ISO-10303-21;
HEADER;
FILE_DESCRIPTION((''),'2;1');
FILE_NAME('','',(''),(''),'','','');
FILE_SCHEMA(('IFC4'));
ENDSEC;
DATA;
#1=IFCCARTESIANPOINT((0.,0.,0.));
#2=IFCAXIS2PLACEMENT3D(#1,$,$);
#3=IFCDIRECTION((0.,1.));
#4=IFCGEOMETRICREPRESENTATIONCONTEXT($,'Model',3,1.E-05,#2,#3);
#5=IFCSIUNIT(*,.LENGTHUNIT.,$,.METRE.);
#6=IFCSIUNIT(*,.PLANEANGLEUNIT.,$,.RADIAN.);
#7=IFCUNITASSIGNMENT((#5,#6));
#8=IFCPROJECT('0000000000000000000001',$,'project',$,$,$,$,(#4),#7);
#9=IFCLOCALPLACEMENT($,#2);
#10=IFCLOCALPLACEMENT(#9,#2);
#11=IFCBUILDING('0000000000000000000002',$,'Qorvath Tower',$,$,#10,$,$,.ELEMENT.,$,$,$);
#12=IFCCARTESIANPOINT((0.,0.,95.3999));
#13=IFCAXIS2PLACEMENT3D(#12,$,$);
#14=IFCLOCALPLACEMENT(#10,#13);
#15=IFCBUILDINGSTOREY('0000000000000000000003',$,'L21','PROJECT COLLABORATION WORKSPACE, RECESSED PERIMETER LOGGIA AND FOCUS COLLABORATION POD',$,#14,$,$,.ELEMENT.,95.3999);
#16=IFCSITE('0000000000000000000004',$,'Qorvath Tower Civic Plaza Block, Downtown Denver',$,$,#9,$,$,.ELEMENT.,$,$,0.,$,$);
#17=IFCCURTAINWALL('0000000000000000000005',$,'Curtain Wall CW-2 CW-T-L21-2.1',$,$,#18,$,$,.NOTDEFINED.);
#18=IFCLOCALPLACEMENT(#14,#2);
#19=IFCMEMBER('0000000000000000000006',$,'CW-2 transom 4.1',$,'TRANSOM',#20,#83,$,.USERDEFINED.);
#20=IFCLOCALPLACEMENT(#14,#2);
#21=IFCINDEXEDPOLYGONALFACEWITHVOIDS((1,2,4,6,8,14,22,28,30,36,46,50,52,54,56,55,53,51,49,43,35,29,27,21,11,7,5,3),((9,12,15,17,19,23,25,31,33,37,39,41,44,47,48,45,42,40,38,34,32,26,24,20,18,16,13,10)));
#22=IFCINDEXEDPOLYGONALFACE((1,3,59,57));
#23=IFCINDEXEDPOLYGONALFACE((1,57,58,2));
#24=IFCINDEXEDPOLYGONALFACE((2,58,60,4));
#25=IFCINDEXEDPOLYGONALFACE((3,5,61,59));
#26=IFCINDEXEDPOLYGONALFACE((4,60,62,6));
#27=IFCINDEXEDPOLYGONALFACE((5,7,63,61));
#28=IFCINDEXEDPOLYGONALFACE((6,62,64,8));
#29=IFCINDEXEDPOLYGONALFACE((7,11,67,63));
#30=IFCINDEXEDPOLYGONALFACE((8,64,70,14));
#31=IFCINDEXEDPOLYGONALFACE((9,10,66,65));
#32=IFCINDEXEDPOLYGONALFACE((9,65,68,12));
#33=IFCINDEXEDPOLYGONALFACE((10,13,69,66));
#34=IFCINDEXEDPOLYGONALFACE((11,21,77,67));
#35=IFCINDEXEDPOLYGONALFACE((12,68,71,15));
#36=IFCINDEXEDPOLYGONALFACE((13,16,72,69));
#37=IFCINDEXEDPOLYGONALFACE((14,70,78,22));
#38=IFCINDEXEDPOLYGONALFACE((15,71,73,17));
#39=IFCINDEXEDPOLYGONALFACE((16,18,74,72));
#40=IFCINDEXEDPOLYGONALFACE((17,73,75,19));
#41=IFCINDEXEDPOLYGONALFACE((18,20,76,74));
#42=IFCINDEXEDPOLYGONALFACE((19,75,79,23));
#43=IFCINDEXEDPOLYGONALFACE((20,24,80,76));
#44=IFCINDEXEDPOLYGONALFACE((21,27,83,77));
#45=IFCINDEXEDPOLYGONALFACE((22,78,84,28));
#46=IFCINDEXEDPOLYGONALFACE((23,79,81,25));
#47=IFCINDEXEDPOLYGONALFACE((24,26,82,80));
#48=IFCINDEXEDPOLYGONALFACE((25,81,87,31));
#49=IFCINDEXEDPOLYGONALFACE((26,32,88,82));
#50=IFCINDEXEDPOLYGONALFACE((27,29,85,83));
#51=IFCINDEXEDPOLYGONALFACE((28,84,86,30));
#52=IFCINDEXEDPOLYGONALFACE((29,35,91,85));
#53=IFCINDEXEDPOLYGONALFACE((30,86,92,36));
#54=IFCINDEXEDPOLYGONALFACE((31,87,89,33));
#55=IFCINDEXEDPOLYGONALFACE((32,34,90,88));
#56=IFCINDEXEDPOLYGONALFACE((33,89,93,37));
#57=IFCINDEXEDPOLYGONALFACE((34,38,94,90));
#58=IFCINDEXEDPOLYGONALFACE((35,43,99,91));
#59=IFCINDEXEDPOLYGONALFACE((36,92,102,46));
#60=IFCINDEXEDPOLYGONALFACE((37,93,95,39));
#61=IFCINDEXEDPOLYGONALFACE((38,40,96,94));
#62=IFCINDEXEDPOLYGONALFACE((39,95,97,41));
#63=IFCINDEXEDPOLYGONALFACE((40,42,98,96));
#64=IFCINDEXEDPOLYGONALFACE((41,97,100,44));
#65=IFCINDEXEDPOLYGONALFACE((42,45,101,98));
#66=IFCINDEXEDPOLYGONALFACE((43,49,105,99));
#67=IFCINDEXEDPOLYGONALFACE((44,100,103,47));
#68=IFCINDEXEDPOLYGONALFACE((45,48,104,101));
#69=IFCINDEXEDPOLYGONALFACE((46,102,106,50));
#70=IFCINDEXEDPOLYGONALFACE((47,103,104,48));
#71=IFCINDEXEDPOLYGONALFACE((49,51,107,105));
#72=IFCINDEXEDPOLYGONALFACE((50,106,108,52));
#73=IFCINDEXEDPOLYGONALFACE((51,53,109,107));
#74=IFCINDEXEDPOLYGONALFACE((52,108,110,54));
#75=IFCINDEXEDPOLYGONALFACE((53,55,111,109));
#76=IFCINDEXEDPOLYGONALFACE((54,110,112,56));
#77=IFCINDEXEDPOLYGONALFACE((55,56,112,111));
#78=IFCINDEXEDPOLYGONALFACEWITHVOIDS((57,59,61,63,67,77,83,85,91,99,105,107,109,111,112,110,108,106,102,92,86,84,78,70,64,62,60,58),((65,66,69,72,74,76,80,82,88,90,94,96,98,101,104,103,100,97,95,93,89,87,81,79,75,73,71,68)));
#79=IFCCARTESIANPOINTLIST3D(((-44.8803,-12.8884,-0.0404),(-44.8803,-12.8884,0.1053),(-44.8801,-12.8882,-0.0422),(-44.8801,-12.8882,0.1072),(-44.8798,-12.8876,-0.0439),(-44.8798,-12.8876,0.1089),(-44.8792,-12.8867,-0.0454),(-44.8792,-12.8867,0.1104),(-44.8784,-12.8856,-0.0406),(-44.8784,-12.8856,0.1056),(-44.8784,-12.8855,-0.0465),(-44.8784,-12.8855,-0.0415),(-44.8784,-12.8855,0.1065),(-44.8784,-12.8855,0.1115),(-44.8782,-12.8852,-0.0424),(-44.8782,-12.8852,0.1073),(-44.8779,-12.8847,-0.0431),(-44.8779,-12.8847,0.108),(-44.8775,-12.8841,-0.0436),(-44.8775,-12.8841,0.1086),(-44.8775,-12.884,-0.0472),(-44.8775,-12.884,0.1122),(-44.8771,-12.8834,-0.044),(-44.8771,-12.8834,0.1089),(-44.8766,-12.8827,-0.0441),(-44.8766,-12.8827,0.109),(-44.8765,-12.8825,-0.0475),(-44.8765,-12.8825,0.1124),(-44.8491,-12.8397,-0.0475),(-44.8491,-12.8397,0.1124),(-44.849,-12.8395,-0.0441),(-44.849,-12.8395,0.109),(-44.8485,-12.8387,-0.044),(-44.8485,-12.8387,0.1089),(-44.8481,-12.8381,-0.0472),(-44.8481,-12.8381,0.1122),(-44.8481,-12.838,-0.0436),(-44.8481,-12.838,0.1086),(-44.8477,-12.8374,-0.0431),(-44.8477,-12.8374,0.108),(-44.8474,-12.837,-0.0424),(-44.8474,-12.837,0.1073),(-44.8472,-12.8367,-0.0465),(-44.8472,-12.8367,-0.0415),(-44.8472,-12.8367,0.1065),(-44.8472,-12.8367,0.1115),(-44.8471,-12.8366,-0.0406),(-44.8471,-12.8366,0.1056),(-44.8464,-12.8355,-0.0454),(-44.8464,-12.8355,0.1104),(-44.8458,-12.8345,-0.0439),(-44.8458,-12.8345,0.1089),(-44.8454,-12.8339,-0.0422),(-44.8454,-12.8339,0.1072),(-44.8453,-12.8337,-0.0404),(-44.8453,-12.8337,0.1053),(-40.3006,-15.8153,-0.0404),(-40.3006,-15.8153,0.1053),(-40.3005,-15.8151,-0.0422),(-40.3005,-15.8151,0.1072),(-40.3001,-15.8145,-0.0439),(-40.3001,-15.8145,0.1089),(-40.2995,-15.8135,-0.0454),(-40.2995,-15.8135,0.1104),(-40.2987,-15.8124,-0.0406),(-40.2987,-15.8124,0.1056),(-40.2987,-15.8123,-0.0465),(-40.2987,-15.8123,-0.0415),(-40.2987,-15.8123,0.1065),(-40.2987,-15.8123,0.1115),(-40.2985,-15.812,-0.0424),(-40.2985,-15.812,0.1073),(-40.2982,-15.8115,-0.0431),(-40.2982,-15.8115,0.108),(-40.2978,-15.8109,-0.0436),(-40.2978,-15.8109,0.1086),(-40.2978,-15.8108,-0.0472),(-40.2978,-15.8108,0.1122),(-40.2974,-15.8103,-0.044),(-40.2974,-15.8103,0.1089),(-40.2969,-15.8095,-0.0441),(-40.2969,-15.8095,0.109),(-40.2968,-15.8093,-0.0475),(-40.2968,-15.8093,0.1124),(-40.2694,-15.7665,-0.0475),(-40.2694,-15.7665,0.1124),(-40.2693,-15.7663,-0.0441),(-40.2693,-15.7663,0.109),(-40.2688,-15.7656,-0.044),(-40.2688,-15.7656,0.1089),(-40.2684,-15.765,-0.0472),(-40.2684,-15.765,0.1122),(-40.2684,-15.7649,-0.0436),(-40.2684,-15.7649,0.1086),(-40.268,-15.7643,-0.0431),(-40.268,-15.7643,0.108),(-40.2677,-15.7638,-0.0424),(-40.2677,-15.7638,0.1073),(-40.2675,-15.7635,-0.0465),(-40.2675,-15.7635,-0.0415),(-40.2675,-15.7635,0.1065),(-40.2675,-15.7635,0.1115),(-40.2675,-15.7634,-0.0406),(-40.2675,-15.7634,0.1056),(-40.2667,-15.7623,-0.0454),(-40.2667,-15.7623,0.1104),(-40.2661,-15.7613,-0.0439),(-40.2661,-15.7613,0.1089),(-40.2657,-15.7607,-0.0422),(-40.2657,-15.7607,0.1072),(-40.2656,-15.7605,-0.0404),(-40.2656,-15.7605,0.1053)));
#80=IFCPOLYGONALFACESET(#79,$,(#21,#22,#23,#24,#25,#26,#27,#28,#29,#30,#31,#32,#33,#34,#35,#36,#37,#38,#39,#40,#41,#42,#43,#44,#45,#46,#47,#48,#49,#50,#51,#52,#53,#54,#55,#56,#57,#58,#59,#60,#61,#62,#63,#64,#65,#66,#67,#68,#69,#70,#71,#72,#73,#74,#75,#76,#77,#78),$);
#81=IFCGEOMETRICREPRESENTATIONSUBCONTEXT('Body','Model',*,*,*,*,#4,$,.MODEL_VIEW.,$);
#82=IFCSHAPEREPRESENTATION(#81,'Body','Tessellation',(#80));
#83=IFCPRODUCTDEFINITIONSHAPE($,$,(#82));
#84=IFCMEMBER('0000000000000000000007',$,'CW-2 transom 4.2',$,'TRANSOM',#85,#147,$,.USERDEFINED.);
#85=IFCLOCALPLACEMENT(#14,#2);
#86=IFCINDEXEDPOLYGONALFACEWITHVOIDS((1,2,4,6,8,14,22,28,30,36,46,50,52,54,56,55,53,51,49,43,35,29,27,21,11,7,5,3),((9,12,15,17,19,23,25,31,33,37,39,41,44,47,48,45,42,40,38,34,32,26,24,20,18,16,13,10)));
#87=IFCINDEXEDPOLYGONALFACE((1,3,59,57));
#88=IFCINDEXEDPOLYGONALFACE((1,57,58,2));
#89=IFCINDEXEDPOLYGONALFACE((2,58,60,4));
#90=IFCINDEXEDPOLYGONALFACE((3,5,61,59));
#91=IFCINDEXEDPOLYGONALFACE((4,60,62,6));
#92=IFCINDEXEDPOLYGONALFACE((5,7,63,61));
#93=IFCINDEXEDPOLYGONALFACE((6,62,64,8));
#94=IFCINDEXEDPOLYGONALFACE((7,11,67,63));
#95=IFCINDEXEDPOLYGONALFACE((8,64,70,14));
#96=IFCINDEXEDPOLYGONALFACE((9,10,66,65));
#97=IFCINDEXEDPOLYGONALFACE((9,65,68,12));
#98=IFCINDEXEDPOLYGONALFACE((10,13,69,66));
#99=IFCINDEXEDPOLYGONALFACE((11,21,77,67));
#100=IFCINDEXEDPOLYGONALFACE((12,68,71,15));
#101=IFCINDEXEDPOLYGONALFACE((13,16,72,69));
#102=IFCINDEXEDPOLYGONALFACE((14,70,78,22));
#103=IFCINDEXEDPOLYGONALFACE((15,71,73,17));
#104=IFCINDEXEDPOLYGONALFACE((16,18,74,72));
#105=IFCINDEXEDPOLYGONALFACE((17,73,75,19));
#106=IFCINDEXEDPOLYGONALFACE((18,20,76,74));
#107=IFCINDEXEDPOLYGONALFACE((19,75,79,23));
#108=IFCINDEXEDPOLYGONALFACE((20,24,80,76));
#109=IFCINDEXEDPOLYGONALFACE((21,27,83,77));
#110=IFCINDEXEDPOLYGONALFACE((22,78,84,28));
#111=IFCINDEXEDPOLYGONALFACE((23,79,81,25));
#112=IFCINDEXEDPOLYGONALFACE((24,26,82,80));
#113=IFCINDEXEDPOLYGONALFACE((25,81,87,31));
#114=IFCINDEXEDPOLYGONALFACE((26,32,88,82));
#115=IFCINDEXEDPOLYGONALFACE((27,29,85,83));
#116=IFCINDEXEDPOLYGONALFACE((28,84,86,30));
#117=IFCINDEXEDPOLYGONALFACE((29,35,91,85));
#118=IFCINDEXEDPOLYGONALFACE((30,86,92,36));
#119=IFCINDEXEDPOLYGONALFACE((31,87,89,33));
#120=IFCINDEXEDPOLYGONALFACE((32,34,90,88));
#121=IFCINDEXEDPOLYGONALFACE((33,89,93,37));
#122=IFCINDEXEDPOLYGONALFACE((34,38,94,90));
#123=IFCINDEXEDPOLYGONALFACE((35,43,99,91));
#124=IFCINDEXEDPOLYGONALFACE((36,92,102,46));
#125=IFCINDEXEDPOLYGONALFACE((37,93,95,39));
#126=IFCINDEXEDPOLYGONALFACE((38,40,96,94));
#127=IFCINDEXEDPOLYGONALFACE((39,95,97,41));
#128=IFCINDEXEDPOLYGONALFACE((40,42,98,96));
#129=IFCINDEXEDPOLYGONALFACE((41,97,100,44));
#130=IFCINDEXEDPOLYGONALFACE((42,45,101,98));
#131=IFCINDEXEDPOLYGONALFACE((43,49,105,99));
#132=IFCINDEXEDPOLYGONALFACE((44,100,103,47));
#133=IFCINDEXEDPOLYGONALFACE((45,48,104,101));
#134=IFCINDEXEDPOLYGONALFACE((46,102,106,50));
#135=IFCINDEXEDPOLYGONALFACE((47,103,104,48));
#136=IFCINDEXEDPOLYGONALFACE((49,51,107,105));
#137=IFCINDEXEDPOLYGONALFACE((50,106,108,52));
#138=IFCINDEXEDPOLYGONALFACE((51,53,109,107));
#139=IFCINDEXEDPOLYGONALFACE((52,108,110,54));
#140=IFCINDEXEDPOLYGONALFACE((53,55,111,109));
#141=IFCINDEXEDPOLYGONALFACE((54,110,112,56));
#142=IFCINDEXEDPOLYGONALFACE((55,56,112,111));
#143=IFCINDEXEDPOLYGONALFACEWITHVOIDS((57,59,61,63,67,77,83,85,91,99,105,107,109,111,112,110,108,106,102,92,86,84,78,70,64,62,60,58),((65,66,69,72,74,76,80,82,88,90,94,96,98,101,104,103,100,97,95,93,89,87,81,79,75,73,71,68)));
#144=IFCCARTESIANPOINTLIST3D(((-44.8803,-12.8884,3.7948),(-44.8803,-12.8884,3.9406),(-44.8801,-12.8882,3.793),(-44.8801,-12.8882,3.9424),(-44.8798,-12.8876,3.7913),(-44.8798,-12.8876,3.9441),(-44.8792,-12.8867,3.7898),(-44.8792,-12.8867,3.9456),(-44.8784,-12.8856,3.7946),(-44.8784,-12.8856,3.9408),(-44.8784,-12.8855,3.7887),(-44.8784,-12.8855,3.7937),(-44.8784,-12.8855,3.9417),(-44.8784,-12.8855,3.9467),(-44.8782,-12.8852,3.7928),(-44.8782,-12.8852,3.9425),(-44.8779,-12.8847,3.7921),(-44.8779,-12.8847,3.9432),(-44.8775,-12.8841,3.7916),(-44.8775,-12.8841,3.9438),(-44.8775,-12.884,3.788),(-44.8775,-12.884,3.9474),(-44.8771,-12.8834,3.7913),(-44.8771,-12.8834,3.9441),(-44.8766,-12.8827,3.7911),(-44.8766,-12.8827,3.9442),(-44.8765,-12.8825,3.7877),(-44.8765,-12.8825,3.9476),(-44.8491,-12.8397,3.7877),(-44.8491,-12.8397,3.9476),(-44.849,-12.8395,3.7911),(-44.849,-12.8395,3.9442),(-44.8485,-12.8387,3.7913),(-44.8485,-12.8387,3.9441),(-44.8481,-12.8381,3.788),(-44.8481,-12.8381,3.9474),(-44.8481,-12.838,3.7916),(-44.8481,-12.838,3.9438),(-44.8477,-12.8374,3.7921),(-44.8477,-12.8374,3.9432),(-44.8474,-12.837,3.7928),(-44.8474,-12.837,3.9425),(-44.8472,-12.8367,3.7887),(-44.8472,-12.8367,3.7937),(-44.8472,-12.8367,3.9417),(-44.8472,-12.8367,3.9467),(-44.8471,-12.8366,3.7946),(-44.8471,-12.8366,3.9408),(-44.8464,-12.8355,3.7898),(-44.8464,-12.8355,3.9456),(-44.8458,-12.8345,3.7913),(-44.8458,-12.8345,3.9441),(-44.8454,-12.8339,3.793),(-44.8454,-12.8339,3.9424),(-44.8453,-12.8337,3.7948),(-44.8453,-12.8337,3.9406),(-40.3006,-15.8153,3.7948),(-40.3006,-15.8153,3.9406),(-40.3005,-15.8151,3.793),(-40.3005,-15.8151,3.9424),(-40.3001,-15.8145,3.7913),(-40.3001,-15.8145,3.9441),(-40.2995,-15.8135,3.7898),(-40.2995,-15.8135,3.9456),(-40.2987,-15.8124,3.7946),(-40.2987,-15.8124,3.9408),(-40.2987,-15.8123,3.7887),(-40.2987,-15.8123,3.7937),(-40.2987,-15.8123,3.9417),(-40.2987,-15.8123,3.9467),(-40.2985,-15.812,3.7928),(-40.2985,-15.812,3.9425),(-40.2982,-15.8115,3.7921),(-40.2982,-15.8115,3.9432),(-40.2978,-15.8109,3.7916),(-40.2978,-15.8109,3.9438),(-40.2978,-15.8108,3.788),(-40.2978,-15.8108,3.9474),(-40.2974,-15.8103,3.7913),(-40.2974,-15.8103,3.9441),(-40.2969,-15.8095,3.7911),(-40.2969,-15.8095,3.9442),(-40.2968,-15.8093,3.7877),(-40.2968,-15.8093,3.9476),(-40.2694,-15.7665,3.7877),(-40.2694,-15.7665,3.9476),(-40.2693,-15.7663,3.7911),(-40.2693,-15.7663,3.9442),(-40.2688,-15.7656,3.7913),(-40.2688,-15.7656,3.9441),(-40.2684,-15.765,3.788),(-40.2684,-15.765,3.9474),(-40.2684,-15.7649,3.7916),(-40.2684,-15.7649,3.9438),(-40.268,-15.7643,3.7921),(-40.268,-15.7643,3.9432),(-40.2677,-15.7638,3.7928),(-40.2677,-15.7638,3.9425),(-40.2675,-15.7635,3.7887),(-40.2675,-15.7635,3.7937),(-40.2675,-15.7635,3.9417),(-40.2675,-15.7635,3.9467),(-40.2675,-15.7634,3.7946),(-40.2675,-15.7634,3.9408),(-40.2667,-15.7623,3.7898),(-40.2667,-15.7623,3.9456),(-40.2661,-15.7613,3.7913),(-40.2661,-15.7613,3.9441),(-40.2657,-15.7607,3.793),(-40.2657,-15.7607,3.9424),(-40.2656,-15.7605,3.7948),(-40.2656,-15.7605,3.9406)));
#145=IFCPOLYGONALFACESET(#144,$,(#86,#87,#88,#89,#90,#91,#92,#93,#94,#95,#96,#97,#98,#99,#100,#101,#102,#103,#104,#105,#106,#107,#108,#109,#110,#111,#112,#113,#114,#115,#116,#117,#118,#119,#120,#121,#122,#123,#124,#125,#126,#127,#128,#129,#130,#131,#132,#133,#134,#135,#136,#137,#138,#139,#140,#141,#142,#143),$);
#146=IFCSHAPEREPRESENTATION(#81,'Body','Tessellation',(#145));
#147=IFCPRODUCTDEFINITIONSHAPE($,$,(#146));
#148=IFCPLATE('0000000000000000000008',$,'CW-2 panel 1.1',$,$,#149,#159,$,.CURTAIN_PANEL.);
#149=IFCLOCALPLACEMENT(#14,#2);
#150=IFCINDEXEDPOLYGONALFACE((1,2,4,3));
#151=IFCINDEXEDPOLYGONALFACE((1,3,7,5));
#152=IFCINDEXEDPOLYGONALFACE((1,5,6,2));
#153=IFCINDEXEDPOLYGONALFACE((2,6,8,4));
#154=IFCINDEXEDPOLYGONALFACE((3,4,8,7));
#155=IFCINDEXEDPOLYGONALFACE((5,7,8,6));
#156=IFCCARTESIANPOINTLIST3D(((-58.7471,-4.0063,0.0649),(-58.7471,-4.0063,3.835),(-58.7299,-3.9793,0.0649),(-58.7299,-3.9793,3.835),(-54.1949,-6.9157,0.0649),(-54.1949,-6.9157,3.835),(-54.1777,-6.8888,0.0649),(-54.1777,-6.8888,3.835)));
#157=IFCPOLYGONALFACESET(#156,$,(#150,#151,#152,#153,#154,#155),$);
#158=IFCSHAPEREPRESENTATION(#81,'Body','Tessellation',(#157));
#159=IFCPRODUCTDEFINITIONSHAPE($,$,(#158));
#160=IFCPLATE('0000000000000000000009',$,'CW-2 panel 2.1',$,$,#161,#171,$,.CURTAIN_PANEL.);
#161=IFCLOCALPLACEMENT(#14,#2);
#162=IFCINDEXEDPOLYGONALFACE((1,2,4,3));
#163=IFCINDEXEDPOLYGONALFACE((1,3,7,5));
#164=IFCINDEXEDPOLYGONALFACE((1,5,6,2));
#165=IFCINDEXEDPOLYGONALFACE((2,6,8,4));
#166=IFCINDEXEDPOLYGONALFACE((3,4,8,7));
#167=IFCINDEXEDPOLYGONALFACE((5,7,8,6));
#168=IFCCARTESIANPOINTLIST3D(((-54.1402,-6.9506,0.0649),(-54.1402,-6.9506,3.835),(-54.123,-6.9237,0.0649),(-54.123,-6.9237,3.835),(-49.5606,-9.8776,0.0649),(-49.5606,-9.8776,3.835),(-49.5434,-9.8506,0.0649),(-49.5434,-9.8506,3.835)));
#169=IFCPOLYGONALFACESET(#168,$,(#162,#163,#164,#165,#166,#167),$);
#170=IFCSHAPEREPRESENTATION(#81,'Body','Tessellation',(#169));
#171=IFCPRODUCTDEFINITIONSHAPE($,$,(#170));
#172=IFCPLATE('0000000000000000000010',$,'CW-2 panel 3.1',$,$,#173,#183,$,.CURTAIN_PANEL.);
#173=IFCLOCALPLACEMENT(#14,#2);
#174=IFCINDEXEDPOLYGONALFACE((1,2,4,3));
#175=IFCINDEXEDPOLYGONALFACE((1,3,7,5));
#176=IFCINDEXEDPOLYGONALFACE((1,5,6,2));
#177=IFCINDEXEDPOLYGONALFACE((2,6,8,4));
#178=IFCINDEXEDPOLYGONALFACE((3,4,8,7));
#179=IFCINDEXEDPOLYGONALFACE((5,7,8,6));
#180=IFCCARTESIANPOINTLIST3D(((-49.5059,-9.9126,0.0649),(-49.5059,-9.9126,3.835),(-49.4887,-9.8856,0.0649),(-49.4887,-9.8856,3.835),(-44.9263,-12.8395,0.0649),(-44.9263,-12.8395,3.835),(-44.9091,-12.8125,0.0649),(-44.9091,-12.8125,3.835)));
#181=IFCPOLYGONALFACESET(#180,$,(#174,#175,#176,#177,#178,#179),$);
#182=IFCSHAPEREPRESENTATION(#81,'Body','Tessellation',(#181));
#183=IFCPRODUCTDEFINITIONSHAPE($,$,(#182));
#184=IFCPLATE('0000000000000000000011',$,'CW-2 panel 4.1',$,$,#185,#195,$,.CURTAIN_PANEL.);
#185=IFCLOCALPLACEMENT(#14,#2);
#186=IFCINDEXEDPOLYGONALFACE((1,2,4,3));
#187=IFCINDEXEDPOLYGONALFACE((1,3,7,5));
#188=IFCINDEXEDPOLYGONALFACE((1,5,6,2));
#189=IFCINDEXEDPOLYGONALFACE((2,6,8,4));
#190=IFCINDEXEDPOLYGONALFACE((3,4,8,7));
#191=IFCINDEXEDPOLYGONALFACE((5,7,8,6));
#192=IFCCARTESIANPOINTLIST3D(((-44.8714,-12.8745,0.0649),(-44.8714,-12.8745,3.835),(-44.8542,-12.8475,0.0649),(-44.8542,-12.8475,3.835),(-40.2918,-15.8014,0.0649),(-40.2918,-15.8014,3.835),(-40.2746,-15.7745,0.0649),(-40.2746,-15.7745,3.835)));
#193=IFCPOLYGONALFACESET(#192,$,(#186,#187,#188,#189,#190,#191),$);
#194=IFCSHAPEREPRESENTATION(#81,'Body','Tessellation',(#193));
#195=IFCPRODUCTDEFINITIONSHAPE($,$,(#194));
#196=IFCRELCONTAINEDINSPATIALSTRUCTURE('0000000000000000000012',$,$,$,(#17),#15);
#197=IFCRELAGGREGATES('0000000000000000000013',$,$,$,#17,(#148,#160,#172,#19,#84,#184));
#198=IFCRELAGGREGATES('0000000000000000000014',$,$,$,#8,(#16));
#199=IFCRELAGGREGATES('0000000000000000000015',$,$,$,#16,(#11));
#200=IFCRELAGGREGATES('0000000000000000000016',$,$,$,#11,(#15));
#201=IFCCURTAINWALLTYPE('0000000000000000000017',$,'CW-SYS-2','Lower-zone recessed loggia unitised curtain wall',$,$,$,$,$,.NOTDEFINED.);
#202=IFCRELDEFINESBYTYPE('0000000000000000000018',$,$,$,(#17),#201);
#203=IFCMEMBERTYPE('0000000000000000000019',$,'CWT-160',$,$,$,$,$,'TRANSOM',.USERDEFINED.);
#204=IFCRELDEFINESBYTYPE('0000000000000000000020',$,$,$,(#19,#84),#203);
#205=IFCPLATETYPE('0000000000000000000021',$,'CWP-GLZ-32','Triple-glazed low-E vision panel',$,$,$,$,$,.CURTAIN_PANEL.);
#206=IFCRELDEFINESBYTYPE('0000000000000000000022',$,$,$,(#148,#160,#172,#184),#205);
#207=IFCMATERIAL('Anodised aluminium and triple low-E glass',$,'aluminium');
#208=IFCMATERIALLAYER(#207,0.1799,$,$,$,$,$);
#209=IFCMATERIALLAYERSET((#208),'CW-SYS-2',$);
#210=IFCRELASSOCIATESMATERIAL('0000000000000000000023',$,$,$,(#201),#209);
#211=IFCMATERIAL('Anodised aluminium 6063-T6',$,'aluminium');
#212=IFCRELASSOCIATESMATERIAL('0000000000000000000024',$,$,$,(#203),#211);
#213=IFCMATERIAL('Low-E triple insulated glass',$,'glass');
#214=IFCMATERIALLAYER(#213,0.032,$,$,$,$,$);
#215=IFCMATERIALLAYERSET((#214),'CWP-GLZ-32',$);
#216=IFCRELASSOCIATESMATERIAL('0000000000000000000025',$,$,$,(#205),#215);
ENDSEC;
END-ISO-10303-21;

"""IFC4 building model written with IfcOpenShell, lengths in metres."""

from ifc_helpers import new_model, si_unit, direction, frame, origin, origin_2d, place, context, subcontext, project, spatial, rectangle, hollow_rectangle, extrude, material, layer, layer_set, material_profile, profile_set, type_object, element, aggregate, save


model = new_model("IFC4")

# Units and contexts
model_context = context("Model", 3, precision=1e-05, world=origin(), true_north=direction((0.0, 1.0)))
body_context = subcontext(model_context, "Body", "Model", "MODEL_VIEW")
ifc_project = project(units=[si_unit("LENGTHUNIT", "METRE"), si_unit("PLANEANGLEUNIT", "RADIAN")], contexts=[model_context])

# Site, building, storey
site_placement = place(None, origin())
site = spatial("IfcSite", under=ifc_project, at=site_placement, Name="Qorvath Tower Civic Plaza Block, Downtown Denver", CompositionType="ELEMENT", RefElevation=0.0)
building_placement = place(site_placement, origin())
building = spatial("IfcBuilding", under=site, at=building_placement, Name="Qorvath Tower", CompositionType="ELEMENT")
storey_placement = place(building_placement, frame((0.0, 0.0, 95.3999)))
storey = spatial("IfcBuildingStorey", under=building, at=storey_placement, Name="L21", Description="PROJECT COLLABORATION WORKSPACE, RECESSED PERIMETER LOGGIA AND FOCUS COLLABORATION POD", CompositionType="ELEMENT", Elevation=95.3999)

# Curtain wall, members, plates
ifc_material_1 = material(Name="Anodised aluminium and triple low-E glass", Category="aluminium")
ifc_layer_1 = layer(ifc_material_1, 0.1799)
ifc_layer_set_1 = layer_set([ifc_layer_1], Name="CW-SYS-2")
curtain_wall_type = type_object("IfcCurtainWallType", Name="CW-SYS-2", Description="Lower-zone recessed loggia unitised curtain wall", PredefinedType="NOTDEFINED", material=ifc_layer_set_1)
curtain_wall_placement = place(storey_placement, origin())
curtain_wall = element("IfcCurtainWall", 1, at=curtain_wall_placement, inside=storey, type_object=curtain_wall_type, Name="Curtain Wall CW-2 CW-T-L21-2.1", PredefinedType="NOTDEFINED")
ifc_material_2 = material(Name="Anodised aluminium 6063-T6", Category="aluminium")
ifc_material_profile_1 = material_profile(ifc_material_2, hollow_rectangle(XDim=0.0649, YDim=0.1599, WallThickness=0.0034, InnerFilletRadius=0.0034, OuterFilletRadius=0.0071, at=origin_2d()), Name="CWT 160x65")
ifc_profile_set_1 = profile_set([ifc_material_profile_1], Name="Anodised aluminium 6063-T6")
member_type_1 = type_object("IfcMemberType", Name="CWT-160", ElementType="TRANSOM", PredefinedType="USERDEFINED", material=ifc_profile_set_1)
member_1_placement = place(storey_placement, frame((-44.8628, -12.8611, 0.0325), z_axis=(0.84262, -0.538508, 0.0), x_axis=(0.538508, 0.84262, 0.0)))
member_1 = element("IfcMember", 2, at=member_1_placement, type_object=member_type_1, Name="CW-2 transom 4.1", ObjectType="TRANSOM", PredefinedType="USERDEFINED", context=body_context, shape_type="SweptSolid", body=[
    extrude(hollow_rectangle(XDim=0.0649, YDim=0.1599, WallThickness=0.0034, InnerFilletRadius=0.0034, OuterFilletRadius=0.0071, at=origin_2d()), origin(), (0.0, 0.0, 1.0), 5.4351),
])
member_2_placement = place(storey_placement, frame((-44.8628, -12.8611, 3.8677), z_axis=(0.84262, -0.538508, 0.0), x_axis=(0.538508, 0.84262, 0.0)))
member_2 = element("IfcMember", 3, at=member_2_placement, type_object=member_type_1, Name="CW-2 transom 4.2", ObjectType="TRANSOM", PredefinedType="USERDEFINED", context=body_context, shape_type="SweptSolid", body=[
    extrude(hollow_rectangle(XDim=0.0649, YDim=0.1599, WallThickness=0.0034, InnerFilletRadius=0.0034, OuterFilletRadius=0.0071, at=origin_2d()), origin(), (0.0, 0.0, 1.0), 5.4351),
])
ifc_material_3 = material(Name="Low-E triple insulated glass", Category="glass")
ifc_layer_2 = layer(ifc_material_3, 0.032)
ifc_layer_set_2 = layer_set([ifc_layer_2], Name="CWP-GLZ-32")
plate_type = type_object("IfcPlateType", Name="CWP-GLZ-32", Description="Triple-glazed low-E vision panel", PredefinedType="CURTAIN_PANEL", material=ifc_layer_set_2)
plate_1_placement = place(storey_placement, frame((-56.4624, -5.4475, 0.0649), z_axis=(0.0, 0.0, 1.0), x_axis=(0.842607, -0.538529, 0.0)))
plate_1 = element("IfcPlate", 4, at=plate_1_placement, type_object=plate_type, Name="CW-2 panel 1.1", PredefinedType="CURTAIN_PANEL", context=body_context, shape_type="SweptSolid", body=[
    extrude(rectangle(XDim=5.4026, YDim=0.032, at=origin_2d()), origin(), (0.0, 0.0, 1.0), 3.77),
])
plate_2_placement = place(storey_placement, frame((-51.8418, -8.4006, 0.0649), z_axis=(0.0, 0.0, 1.0), x_axis=(0.842607, -0.538529, 0.0)))
plate_2 = element("IfcPlate", 5, at=plate_2_placement, type_object=plate_type, Name="CW-2 panel 2.1", PredefinedType="CURTAIN_PANEL", context=body_context, shape_type="SweptSolid", body=[
    extrude(rectangle(XDim=5.4351, YDim=0.032, at=origin_2d()), origin(), (0.0, 0.0, 1.0), 3.77),
])
plate_3_placement = place(storey_placement, frame((-47.2075, -11.3625, 0.0649), z_axis=(0.0, 0.0, 1.0), x_axis=(0.842607, -0.538529, 0.0)))
plate_3 = element("IfcPlate", 6, at=plate_3_placement, type_object=plate_type, Name="CW-2 panel 3.1", PredefinedType="CURTAIN_PANEL", context=body_context, shape_type="SweptSolid", body=[
    extrude(rectangle(XDim=5.4351, YDim=0.032, at=origin_2d()), origin(), (0.0, 0.0, 1.0), 3.77),
])
plate_4_placement = place(storey_placement, frame((-42.573, -14.3245, 0.0649), z_axis=(0.0, 0.0, 1.0), x_axis=(0.842607, -0.538529, 0.0)))
plate_4 = element("IfcPlate", 7, at=plate_4_placement, type_object=plate_type, Name="CW-2 panel 4.1", PredefinedType="CURTAIN_PANEL", context=body_context, shape_type="SweptSolid", body=[
    extrude(rectangle(XDim=5.4351, YDim=0.032, at=origin_2d()), origin(), (0.0, 0.0, 1.0), 3.77),
])
aggregate(curtain_wall, [plate_1, plate_2, plate_3, member_1, member_2, plate_4])

save(model, "model.ifc")
